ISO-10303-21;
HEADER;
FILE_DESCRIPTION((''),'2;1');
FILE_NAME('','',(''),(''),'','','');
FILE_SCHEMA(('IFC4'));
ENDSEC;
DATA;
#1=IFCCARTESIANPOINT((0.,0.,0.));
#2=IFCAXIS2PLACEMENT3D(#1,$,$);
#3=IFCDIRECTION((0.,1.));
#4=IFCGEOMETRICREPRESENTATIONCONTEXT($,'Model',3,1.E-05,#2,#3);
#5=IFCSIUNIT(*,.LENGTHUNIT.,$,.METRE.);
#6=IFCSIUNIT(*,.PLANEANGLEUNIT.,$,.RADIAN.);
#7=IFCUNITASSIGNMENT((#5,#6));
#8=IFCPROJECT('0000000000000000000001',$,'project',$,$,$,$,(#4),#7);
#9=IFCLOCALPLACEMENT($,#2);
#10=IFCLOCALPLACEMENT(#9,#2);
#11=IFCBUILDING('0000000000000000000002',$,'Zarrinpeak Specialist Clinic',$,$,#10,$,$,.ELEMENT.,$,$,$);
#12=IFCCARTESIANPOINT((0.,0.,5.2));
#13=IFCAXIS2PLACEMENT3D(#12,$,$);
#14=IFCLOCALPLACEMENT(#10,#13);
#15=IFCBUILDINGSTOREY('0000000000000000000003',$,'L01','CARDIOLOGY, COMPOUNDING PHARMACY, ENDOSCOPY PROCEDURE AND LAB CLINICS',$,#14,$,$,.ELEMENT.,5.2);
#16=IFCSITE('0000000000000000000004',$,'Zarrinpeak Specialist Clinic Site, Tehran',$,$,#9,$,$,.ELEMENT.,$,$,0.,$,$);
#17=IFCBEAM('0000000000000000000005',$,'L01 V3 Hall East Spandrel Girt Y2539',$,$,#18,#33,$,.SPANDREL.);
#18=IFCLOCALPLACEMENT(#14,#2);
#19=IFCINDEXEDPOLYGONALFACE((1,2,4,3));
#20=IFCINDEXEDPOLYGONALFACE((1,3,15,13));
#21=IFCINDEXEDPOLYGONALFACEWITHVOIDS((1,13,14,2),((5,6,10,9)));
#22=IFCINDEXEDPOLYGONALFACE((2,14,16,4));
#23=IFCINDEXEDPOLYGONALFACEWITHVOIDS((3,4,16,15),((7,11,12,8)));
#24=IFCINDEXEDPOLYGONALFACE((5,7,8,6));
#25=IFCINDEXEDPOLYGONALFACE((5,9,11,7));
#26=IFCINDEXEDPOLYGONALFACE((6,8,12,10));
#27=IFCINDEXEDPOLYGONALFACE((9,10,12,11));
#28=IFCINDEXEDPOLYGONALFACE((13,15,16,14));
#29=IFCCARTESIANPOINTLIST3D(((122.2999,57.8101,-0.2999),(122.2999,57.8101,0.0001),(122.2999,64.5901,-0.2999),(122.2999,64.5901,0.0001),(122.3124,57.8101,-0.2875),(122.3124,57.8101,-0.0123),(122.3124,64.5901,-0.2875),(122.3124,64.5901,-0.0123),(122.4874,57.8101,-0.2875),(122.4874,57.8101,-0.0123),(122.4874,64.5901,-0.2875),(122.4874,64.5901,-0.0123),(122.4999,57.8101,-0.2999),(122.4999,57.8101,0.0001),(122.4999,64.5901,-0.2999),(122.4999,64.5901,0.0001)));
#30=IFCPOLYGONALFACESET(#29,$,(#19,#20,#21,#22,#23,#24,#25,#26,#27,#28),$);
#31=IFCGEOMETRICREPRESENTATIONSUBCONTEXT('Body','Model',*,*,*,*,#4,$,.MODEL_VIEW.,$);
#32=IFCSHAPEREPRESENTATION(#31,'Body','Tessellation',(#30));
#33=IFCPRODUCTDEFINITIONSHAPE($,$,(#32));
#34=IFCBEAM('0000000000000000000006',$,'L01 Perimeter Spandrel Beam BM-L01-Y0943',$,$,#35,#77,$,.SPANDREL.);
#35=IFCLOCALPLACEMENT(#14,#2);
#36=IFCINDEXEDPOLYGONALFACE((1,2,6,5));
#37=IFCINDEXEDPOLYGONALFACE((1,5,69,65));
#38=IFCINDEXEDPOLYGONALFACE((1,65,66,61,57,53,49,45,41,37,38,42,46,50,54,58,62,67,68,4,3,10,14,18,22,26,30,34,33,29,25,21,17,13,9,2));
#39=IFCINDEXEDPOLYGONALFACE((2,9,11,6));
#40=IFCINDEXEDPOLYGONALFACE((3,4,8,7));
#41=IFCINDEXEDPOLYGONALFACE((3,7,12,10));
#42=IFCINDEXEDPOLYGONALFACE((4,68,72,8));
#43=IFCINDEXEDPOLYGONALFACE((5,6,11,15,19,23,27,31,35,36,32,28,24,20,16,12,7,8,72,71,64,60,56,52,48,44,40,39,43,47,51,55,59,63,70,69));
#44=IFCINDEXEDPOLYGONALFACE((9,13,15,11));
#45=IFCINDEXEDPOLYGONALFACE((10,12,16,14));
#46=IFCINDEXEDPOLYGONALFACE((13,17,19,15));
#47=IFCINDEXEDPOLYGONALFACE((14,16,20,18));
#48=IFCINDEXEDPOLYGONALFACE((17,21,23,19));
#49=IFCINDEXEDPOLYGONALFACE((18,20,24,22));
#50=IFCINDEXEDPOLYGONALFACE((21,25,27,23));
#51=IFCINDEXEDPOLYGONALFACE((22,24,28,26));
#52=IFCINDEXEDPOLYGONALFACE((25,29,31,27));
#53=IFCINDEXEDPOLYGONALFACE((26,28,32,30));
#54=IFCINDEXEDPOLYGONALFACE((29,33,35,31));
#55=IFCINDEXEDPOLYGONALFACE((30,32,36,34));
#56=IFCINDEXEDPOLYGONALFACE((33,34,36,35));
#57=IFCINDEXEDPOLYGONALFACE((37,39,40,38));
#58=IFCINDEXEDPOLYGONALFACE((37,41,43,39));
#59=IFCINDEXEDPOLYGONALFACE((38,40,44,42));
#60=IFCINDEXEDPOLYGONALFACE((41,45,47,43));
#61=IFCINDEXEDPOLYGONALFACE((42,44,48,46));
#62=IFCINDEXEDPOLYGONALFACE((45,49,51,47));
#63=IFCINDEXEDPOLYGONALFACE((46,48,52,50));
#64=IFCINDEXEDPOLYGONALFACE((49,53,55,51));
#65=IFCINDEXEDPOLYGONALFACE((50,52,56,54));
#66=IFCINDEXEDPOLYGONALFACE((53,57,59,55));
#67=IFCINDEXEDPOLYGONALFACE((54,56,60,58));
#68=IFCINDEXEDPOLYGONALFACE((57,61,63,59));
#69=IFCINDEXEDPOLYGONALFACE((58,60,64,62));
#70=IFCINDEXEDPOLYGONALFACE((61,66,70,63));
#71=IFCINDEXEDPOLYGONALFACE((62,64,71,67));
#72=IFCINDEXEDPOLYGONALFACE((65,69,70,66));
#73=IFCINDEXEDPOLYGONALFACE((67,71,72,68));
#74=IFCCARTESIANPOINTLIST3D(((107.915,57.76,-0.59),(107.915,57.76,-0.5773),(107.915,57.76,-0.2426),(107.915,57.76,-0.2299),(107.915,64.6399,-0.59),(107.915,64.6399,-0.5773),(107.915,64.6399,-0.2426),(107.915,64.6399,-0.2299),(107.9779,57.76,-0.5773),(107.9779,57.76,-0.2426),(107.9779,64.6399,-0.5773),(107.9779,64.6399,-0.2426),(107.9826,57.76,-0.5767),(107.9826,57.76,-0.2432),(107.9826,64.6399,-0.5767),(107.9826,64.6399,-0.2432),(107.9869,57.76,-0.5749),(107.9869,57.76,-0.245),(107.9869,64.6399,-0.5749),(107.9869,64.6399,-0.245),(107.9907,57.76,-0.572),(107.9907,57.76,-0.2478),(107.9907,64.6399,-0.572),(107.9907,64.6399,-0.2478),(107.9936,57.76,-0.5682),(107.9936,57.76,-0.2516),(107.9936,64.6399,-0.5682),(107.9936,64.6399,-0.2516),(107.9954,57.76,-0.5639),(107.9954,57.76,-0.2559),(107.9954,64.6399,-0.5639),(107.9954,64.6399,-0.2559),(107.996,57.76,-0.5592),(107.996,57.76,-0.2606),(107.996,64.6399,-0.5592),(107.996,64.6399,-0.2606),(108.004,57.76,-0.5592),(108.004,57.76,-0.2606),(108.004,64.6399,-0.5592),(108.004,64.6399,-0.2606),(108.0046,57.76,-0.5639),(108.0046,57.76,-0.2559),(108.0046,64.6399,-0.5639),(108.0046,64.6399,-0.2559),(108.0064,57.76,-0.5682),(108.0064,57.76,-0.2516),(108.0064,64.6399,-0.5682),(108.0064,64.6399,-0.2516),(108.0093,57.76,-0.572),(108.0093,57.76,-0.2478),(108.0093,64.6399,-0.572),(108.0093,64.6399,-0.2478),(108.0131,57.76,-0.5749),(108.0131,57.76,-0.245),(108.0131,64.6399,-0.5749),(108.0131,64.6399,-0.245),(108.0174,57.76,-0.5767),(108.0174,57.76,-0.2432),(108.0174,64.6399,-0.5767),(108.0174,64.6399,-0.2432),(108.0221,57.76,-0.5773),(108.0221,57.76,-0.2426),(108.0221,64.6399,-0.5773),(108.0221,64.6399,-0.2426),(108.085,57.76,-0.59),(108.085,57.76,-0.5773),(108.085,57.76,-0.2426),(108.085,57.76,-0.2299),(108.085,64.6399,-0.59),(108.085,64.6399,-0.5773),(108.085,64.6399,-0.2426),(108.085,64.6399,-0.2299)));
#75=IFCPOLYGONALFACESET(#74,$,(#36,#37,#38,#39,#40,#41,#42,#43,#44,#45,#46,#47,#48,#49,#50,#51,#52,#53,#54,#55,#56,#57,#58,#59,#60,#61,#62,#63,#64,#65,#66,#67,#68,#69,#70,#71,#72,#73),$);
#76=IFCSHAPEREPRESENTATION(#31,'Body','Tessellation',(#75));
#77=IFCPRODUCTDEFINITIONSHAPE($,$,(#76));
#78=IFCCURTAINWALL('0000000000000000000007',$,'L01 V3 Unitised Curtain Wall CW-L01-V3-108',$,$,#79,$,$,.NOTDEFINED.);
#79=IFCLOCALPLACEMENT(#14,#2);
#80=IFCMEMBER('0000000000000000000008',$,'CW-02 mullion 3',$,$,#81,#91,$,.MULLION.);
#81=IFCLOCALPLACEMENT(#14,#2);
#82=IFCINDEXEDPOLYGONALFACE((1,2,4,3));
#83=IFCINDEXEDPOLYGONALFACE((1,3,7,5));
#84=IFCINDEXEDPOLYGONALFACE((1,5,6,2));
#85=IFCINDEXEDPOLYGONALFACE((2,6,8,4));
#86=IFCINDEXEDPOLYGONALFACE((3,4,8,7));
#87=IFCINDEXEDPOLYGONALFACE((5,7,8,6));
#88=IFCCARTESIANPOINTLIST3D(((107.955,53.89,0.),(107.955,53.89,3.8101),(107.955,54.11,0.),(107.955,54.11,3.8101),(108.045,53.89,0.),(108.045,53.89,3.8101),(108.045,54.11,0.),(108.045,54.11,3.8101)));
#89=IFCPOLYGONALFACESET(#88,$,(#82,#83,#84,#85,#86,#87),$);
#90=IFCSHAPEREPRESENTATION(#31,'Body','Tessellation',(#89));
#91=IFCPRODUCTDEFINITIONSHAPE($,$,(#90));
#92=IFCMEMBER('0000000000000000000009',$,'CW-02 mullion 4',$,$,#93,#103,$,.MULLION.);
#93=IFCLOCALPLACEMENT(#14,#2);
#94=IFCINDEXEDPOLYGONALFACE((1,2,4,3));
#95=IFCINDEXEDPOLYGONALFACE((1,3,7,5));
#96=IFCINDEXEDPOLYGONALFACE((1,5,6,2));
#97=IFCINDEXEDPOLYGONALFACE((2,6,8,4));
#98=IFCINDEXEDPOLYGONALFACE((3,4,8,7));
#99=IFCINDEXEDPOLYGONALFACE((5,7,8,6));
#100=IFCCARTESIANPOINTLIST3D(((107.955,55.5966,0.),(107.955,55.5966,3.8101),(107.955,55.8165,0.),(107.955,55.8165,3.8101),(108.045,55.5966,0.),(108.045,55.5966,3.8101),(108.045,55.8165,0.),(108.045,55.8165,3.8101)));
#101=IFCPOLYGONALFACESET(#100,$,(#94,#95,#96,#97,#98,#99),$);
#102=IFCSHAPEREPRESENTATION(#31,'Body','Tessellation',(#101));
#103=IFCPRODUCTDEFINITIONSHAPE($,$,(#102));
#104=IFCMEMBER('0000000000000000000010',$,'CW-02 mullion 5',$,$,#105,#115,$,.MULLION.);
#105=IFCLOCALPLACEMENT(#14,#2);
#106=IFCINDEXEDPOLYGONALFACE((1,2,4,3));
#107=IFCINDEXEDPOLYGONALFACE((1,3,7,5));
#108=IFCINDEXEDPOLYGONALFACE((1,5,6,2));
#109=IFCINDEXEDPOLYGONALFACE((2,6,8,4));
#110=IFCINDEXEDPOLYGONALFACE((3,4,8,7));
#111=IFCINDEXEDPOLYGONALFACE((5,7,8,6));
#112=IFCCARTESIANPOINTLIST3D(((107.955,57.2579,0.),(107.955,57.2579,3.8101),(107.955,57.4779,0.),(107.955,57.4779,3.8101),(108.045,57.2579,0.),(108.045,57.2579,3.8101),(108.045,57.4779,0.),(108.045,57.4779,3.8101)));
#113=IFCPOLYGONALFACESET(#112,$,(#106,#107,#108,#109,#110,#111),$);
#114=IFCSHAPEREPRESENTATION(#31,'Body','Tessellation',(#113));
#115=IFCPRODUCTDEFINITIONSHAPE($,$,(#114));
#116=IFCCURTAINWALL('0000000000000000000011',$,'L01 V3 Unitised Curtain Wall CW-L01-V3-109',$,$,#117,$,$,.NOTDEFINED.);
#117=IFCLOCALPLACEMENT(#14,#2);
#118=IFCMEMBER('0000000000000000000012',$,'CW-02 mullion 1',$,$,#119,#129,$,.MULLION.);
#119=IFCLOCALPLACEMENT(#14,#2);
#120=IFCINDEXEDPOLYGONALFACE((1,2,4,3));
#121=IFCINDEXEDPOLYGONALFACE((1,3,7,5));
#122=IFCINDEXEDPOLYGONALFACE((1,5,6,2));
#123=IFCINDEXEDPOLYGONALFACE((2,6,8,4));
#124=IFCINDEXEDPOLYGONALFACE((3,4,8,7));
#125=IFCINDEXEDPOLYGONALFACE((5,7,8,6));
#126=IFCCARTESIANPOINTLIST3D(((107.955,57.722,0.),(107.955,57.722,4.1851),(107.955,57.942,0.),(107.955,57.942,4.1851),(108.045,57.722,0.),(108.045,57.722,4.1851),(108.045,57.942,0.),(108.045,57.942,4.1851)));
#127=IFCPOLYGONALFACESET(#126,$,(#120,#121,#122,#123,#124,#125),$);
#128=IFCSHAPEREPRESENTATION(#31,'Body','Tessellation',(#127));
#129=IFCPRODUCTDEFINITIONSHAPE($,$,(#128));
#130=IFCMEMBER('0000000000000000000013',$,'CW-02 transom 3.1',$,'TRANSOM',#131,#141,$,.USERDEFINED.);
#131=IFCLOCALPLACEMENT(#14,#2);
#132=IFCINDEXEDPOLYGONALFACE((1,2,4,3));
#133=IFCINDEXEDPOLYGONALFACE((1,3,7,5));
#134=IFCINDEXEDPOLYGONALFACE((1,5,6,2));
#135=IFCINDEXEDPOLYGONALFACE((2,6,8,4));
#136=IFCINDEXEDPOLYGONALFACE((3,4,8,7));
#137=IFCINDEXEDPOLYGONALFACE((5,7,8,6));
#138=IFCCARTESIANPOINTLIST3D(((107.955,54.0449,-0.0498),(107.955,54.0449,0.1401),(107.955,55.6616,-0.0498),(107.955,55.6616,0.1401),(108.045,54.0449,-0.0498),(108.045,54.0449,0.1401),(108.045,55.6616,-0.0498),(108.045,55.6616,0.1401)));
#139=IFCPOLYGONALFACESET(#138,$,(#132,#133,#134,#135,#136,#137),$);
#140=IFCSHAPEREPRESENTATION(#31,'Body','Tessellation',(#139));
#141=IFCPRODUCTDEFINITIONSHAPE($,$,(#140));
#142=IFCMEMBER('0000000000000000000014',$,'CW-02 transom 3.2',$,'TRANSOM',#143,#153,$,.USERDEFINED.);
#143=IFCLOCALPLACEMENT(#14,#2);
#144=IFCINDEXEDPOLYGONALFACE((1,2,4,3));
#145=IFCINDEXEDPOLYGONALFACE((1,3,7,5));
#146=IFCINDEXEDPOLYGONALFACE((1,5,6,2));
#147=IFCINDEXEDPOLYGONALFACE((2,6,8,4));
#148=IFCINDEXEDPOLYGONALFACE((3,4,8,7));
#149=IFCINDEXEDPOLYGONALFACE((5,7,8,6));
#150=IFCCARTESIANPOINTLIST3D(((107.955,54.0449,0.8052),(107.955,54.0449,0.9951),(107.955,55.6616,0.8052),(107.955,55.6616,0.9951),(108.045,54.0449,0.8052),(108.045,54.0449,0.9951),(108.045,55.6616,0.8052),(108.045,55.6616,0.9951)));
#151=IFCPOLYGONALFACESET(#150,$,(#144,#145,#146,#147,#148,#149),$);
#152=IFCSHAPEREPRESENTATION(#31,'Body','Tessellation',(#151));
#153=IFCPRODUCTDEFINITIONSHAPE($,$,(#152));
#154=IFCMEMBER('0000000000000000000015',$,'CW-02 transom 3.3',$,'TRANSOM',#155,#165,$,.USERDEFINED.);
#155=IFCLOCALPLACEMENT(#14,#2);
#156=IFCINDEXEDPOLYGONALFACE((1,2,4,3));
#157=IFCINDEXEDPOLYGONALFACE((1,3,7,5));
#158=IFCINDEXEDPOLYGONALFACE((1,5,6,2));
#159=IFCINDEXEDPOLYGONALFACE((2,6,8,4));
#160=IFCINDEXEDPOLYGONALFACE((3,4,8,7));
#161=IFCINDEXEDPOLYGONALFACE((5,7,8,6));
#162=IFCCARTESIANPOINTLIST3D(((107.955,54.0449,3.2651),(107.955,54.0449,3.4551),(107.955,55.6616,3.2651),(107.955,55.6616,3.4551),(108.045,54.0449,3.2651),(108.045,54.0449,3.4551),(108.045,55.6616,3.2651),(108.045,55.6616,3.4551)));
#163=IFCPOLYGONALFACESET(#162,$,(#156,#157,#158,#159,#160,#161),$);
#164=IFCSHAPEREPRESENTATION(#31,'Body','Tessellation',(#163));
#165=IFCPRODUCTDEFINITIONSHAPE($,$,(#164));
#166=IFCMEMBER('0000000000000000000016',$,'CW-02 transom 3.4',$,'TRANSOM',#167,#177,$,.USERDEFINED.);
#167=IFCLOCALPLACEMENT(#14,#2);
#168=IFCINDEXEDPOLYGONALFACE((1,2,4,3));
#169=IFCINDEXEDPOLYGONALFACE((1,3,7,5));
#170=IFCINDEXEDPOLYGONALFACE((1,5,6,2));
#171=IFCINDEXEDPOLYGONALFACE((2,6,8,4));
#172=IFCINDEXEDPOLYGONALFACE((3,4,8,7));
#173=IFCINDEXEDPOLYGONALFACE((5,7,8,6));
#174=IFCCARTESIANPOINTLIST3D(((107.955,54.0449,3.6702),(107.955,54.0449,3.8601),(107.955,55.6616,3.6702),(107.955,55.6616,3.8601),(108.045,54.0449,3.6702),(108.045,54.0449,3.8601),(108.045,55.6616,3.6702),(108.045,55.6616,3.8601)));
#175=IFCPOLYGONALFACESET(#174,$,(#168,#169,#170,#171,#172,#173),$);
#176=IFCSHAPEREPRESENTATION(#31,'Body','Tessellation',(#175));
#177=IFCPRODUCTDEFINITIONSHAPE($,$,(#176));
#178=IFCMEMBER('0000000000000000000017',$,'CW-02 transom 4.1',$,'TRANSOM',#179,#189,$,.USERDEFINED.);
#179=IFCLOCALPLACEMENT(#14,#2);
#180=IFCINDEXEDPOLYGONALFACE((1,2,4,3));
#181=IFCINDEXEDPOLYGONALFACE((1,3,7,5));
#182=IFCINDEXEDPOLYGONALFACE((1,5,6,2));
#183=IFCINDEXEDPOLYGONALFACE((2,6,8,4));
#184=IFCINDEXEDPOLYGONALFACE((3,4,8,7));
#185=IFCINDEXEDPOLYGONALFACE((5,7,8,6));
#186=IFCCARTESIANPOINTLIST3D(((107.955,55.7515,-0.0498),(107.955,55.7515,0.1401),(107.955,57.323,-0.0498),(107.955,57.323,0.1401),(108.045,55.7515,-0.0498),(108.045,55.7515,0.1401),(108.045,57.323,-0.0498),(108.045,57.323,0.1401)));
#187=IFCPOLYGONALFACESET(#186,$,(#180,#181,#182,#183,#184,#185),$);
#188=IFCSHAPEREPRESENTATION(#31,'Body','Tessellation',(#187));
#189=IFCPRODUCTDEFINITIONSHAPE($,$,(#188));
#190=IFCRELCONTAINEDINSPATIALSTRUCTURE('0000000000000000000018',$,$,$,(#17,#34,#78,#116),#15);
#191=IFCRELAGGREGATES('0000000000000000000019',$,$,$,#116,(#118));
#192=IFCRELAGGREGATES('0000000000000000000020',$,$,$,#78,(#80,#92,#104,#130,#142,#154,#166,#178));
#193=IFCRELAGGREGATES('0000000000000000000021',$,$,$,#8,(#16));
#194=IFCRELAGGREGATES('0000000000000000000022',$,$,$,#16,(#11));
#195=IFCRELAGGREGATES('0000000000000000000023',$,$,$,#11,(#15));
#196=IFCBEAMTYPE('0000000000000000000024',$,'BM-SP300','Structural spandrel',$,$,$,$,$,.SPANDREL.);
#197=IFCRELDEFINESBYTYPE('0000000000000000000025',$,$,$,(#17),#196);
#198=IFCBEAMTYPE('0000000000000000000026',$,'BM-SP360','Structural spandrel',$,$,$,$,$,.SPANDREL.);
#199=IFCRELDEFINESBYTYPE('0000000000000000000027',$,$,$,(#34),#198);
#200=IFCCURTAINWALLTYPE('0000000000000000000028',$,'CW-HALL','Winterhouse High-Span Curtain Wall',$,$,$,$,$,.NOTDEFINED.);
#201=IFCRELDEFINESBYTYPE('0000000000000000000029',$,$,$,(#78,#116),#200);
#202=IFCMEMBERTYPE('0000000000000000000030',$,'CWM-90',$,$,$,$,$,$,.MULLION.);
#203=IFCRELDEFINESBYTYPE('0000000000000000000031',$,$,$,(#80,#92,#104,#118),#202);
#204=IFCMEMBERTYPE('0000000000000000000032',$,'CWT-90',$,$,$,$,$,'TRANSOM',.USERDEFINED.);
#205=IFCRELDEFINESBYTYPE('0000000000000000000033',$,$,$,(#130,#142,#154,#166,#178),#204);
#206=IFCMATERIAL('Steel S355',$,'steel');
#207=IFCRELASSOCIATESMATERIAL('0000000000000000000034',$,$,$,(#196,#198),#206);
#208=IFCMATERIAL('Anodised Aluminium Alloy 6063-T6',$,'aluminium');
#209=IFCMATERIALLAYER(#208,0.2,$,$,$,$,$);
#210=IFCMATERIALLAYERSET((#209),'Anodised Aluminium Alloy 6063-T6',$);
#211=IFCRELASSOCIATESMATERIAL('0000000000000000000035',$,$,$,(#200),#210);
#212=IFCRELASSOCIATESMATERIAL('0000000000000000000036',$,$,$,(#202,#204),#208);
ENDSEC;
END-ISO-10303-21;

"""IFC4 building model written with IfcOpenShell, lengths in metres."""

from ifc_helpers import new_model, si_unit, direction, frame, origin, origin_2d, place, context, subcontext, project, spatial, rectangle, hollow_rectangle, i_section, extrude, material, layer, layer_set, material_profile, profile_set, type_object, element, aggregate, save


model = new_model("IFC4")

# Units and contexts
model_context = context("Model", 3, precision=1e-05, world=origin(), true_north=direction((0.0, 1.0)))
body_context = subcontext(model_context, "Body", "Model", "MODEL_VIEW")
ifc_project = project(units=[si_unit("LENGTHUNIT", "METRE"), si_unit("PLANEANGLEUNIT", "RADIAN")], contexts=[model_context])

# Site, building, storey
site_placement = place(None, origin())
site = spatial("IfcSite", under=ifc_project, at=site_placement, Name="Zarrinpeak Specialist Clinic Site, Tehran", CompositionType="ELEMENT", RefElevation=0.0)
building_placement = place(site_placement, origin())
building = spatial("IfcBuilding", under=site, at=building_placement, Name="Zarrinpeak Specialist Clinic", CompositionType="ELEMENT")
storey_placement = place(building_placement, frame((0.0, 0.0, 5.2)))
storey = spatial("IfcBuildingStorey", under=building, at=storey_placement, Name="L01", Description="CARDIOLOGY, COMPOUNDING PHARMACY, ENDOSCOPY PROCEDURE AND LAB CLINICS", CompositionType="ELEMENT", Elevation=5.2)

# Shared definitions
ifc_material_1 = material(Name="Steel S355", Category="steel")

# Beams
ifc_material_profile_1 = material_profile(ifc_material_1, hollow_rectangle(XDim=0.2, YDim=0.3, WallThickness=0.0125, at=origin_2d()), Name="RHS 300x200x12.5")
ifc_profile_set_1 = profile_set([ifc_material_profile_1], Name="Steel S355")
beam_type_1 = type_object("IfcBeamType", Name="BM-SP300", Description="Structural spandrel", PredefinedType="SPANDREL", material=ifc_profile_set_1)
beam_1_placement = place(storey_placement, frame((122.3999, 57.8101, -0.1499), z_axis=(0.0, 1.0, 0.0), x_axis=(-1.0, 0.0, 0.0)))
element("IfcBeam", 1, at=beam_1_placement, inside=storey, type_object=beam_type_1, Name="L01 V3 Hall East Spandrel Girt Y2539", PredefinedType="SPANDREL", context=body_context, shape_type="SweptSolid", body=[
    extrude(hollow_rectangle(XDim=0.2, YDim=0.3, WallThickness=0.0125, at=origin_2d()), origin(), (0.0, 0.0, 1.0), 6.78),
])
ifc_material_profile_2 = material_profile(ifc_material_1, i_section(OverallWidth=0.1699, OverallDepth=0.3601, WebThickness=0.0081, FlangeThickness=0.0127, FilletRadius=0.0181, at=origin_2d()), Name="IPE 360")
ifc_profile_set_2 = profile_set([ifc_material_profile_2], Name="Steel S355")
beam_type_2 = type_object("IfcBeamType", Name="BM-SP360", Description="Structural spandrel", PredefinedType="SPANDREL", material=ifc_profile_set_2)
beam_2_placement = place(storey_placement, frame((108.0, 57.76, -0.4099), z_axis=(0.0, 1.0, 0.0), x_axis=(-1.0, 0.0, 0.0)))
element("IfcBeam", 2, at=beam_2_placement, inside=storey, type_object=beam_type_2, Name="L01 Perimeter Spandrel Beam BM-L01-Y0943", PredefinedType="SPANDREL", context=body_context, shape_type="SweptSolid", body=[
    extrude(i_section(OverallWidth=0.1699, OverallDepth=0.3601, WebThickness=0.0081, FlangeThickness=0.0127, FilletRadius=0.0181, at=origin_2d()), origin(), (0.0, 0.0, 1.0), 6.8799),
])

# Curtain wall, members
ifc_material_2 = material(Name="Anodised Aluminium Alloy 6063-T6", Category="aluminium")
ifc_layer_1 = layer(ifc_material_2, 0.2)
ifc_layer_set_1 = layer_set([ifc_layer_1], Name="Anodised Aluminium Alloy 6063-T6")
curtain_wall_type = type_object("IfcCurtainWallType", Name="CW-HALL", Description="Winterhouse High-Span Curtain Wall", PredefinedType="NOTDEFINED", material=ifc_layer_set_1)
curtain_wall_1_placement = place(storey_placement, origin())
curtain_wall_1 = element("IfcCurtainWall", 3, at=curtain_wall_1_placement, inside=storey, type_object=curtain_wall_type, Name="L01 V3 Unitised Curtain Wall CW-L01-V3-108", PredefinedType="NOTDEFINED")
ifc_material_profile_3 = material_profile(ifc_material_2, rectangle(XDim=0.0901, YDim=0.22, at=origin_2d()), Name="ALU 90x220")
ifc_profile_set_3 = profile_set([ifc_material_profile_3], Name="Anodised Aluminium Alloy 6063-T6")
member_type_1 = type_object("IfcMemberType", Name="CWM-90", PredefinedType="MULLION", material=ifc_profile_set_3)
member_1_placement = place(storey_placement, frame((108.0, 54.0, 0.0), z_axis=(0.0, 0.0, 1.0), x_axis=(-1.0, 0.0, 0.0)))
member_1 = element("IfcMember", 4, at=member_1_placement, type_object=member_type_1, Name="CW-02 mullion 3", PredefinedType="MULLION", context=body_context, shape_type="SweptSolid", body=[
    extrude(rectangle(XDim=0.0901, YDim=0.22, at=origin_2d()), origin(), (0.0, 0.0, 1.0), 3.8101),
])
member_2_placement = place(storey_placement, frame((108.0, 55.7065, 0.0), z_axis=(0.0, 0.0, 1.0), x_axis=(-1.0, 0.0, 0.0)))
member_2 = element("IfcMember", 5, at=member_2_placement, type_object=member_type_1, Name="CW-02 mullion 4", PredefinedType="MULLION", context=body_context, shape_type="SweptSolid", body=[
    extrude(rectangle(XDim=0.0901, YDim=0.22, at=origin_2d()), origin(), (0.0, 0.0, 1.0), 3.8101),
])
member_3_placement = place(storey_placement, frame((108.0, 57.3679, 0.0), z_axis=(0.0, 0.0, 1.0), x_axis=(-1.0, 0.0, 0.0)))
member_3 = element("IfcMember", 6, at=member_3_placement, type_object=member_type_1, Name="CW-02 mullion 5", PredefinedType="MULLION", context=body_context, shape_type="SweptSolid", body=[
    extrude(rectangle(XDim=0.0901, YDim=0.22, at=origin_2d()), origin(), (0.0, 0.0, 1.0), 3.8101),
])

# Curtain wall, member
curtain_wall_2_placement = place(storey_placement, origin())
curtain_wall_2 = element("IfcCurtainWall", 7, at=curtain_wall_2_placement, inside=storey, type_object=curtain_wall_type, Name="L01 V3 Unitised Curtain Wall CW-L01-V3-109", PredefinedType="NOTDEFINED")
member_4_placement = place(storey_placement, frame((108.0, 57.832, 0.0), z_axis=(0.0, 0.0, 1.0), x_axis=(-1.0, 0.0, 0.0)))
member_4 = element("IfcMember", 8, at=member_4_placement, type_object=member_type_1, Name="CW-02 mullion 1", PredefinedType="MULLION", context=body_context, shape_type="SweptSolid", body=[
    extrude(rectangle(XDim=0.0901, YDim=0.22, at=origin_2d()), origin(), (0.0, 0.0, 1.0), 4.1851),
])

# Members
ifc_material_profile_4 = material_profile(ifc_material_2, rectangle(XDim=0.0901, YDim=0.1899, at=origin_2d()), Name="ALU 90x190")
ifc_profile_set_4 = profile_set([ifc_material_profile_4], Name="Anodised Aluminium Alloy 6063-T6")
member_type_2 = type_object("IfcMemberType", Name="CWT-90", ElementType="TRANSOM", PredefinedType="USERDEFINED", material=ifc_profile_set_4)
member_5_placement = place(storey_placement, frame((108.0, 54.0449, 0.0452), z_axis=(0.0, 1.0, 0.0), x_axis=(-1.0, 0.0, 0.0)))
member_5 = element("IfcMember", 9, at=member_5_placement, type_object=member_type_2, Name="CW-02 transom 3.1", ObjectType="TRANSOM", PredefinedType="USERDEFINED", context=body_context, shape_type="SweptSolid", body=[
    extrude(rectangle(XDim=0.0901, YDim=0.1899, at=origin_2d()), origin(), (0.0, 0.0, 1.0), 1.6167),
])
member_6_placement = place(storey_placement, frame((108.0, 54.0449, 0.9001), z_axis=(0.0, 1.0, 0.0), x_axis=(-1.0, 0.0, 0.0)))
member_6 = element("IfcMember", 10, at=member_6_placement, type_object=member_type_2, Name="CW-02 transom 3.2", ObjectType="TRANSOM", PredefinedType="USERDEFINED", context=body_context, shape_type="SweptSolid", body=[
    extrude(rectangle(XDim=0.0901, YDim=0.1899, at=origin_2d()), origin(), (0.0, 0.0, 1.0), 1.6167),
])
member_7_placement = place(storey_placement, frame((108.0, 54.0449, 3.3601), z_axis=(0.0, 1.0, 0.0), x_axis=(-1.0, 0.0, 0.0)))
member_7 = element("IfcMember", 11, at=member_7_placement, type_object=member_type_2, Name="CW-02 transom 3.3", ObjectType="TRANSOM", PredefinedType="USERDEFINED", context=body_context, shape_type="SweptSolid", body=[
    extrude(rectangle(XDim=0.0901, YDim=0.1899, at=origin_2d()), origin(), (0.0, 0.0, 1.0), 1.6167),
])
member_8_placement = place(storey_placement, frame((108.0, 54.0449, 3.7651), z_axis=(0.0, 1.0, 0.0), x_axis=(-1.0, 0.0, 0.0)))
member_8 = element("IfcMember", 12, at=member_8_placement, type_object=member_type_2, Name="CW-02 transom 3.4", ObjectType="TRANSOM", PredefinedType="USERDEFINED", context=body_context, shape_type="SweptSolid", body=[
    extrude(rectangle(XDim=0.0901, YDim=0.1899, at=origin_2d()), origin(), (0.0, 0.0, 1.0), 1.6167),
])
member_9_placement = place(storey_placement, frame((108.0, 55.7515, 0.0452), z_axis=(0.0, 1.0, 0.0), x_axis=(-1.0, 0.0, 0.0)))
member_9 = element("IfcMember", 13, at=member_9_placement, type_object=member_type_2, Name="CW-02 transom 4.1", ObjectType="TRANSOM", PredefinedType="USERDEFINED", context=body_context, shape_type="SweptSolid", body=[
    extrude(rectangle(XDim=0.0901, YDim=0.1899, at=origin_2d()), origin(), (0.0, 0.0, 1.0), 1.5715),
])

aggregate(curtain_wall_2, [member_4])
aggregate(curtain_wall_1, [member_1, member_2, member_3, member_5, member_6, member_7, member_8, member_9])

save(model, "model.ifc")
